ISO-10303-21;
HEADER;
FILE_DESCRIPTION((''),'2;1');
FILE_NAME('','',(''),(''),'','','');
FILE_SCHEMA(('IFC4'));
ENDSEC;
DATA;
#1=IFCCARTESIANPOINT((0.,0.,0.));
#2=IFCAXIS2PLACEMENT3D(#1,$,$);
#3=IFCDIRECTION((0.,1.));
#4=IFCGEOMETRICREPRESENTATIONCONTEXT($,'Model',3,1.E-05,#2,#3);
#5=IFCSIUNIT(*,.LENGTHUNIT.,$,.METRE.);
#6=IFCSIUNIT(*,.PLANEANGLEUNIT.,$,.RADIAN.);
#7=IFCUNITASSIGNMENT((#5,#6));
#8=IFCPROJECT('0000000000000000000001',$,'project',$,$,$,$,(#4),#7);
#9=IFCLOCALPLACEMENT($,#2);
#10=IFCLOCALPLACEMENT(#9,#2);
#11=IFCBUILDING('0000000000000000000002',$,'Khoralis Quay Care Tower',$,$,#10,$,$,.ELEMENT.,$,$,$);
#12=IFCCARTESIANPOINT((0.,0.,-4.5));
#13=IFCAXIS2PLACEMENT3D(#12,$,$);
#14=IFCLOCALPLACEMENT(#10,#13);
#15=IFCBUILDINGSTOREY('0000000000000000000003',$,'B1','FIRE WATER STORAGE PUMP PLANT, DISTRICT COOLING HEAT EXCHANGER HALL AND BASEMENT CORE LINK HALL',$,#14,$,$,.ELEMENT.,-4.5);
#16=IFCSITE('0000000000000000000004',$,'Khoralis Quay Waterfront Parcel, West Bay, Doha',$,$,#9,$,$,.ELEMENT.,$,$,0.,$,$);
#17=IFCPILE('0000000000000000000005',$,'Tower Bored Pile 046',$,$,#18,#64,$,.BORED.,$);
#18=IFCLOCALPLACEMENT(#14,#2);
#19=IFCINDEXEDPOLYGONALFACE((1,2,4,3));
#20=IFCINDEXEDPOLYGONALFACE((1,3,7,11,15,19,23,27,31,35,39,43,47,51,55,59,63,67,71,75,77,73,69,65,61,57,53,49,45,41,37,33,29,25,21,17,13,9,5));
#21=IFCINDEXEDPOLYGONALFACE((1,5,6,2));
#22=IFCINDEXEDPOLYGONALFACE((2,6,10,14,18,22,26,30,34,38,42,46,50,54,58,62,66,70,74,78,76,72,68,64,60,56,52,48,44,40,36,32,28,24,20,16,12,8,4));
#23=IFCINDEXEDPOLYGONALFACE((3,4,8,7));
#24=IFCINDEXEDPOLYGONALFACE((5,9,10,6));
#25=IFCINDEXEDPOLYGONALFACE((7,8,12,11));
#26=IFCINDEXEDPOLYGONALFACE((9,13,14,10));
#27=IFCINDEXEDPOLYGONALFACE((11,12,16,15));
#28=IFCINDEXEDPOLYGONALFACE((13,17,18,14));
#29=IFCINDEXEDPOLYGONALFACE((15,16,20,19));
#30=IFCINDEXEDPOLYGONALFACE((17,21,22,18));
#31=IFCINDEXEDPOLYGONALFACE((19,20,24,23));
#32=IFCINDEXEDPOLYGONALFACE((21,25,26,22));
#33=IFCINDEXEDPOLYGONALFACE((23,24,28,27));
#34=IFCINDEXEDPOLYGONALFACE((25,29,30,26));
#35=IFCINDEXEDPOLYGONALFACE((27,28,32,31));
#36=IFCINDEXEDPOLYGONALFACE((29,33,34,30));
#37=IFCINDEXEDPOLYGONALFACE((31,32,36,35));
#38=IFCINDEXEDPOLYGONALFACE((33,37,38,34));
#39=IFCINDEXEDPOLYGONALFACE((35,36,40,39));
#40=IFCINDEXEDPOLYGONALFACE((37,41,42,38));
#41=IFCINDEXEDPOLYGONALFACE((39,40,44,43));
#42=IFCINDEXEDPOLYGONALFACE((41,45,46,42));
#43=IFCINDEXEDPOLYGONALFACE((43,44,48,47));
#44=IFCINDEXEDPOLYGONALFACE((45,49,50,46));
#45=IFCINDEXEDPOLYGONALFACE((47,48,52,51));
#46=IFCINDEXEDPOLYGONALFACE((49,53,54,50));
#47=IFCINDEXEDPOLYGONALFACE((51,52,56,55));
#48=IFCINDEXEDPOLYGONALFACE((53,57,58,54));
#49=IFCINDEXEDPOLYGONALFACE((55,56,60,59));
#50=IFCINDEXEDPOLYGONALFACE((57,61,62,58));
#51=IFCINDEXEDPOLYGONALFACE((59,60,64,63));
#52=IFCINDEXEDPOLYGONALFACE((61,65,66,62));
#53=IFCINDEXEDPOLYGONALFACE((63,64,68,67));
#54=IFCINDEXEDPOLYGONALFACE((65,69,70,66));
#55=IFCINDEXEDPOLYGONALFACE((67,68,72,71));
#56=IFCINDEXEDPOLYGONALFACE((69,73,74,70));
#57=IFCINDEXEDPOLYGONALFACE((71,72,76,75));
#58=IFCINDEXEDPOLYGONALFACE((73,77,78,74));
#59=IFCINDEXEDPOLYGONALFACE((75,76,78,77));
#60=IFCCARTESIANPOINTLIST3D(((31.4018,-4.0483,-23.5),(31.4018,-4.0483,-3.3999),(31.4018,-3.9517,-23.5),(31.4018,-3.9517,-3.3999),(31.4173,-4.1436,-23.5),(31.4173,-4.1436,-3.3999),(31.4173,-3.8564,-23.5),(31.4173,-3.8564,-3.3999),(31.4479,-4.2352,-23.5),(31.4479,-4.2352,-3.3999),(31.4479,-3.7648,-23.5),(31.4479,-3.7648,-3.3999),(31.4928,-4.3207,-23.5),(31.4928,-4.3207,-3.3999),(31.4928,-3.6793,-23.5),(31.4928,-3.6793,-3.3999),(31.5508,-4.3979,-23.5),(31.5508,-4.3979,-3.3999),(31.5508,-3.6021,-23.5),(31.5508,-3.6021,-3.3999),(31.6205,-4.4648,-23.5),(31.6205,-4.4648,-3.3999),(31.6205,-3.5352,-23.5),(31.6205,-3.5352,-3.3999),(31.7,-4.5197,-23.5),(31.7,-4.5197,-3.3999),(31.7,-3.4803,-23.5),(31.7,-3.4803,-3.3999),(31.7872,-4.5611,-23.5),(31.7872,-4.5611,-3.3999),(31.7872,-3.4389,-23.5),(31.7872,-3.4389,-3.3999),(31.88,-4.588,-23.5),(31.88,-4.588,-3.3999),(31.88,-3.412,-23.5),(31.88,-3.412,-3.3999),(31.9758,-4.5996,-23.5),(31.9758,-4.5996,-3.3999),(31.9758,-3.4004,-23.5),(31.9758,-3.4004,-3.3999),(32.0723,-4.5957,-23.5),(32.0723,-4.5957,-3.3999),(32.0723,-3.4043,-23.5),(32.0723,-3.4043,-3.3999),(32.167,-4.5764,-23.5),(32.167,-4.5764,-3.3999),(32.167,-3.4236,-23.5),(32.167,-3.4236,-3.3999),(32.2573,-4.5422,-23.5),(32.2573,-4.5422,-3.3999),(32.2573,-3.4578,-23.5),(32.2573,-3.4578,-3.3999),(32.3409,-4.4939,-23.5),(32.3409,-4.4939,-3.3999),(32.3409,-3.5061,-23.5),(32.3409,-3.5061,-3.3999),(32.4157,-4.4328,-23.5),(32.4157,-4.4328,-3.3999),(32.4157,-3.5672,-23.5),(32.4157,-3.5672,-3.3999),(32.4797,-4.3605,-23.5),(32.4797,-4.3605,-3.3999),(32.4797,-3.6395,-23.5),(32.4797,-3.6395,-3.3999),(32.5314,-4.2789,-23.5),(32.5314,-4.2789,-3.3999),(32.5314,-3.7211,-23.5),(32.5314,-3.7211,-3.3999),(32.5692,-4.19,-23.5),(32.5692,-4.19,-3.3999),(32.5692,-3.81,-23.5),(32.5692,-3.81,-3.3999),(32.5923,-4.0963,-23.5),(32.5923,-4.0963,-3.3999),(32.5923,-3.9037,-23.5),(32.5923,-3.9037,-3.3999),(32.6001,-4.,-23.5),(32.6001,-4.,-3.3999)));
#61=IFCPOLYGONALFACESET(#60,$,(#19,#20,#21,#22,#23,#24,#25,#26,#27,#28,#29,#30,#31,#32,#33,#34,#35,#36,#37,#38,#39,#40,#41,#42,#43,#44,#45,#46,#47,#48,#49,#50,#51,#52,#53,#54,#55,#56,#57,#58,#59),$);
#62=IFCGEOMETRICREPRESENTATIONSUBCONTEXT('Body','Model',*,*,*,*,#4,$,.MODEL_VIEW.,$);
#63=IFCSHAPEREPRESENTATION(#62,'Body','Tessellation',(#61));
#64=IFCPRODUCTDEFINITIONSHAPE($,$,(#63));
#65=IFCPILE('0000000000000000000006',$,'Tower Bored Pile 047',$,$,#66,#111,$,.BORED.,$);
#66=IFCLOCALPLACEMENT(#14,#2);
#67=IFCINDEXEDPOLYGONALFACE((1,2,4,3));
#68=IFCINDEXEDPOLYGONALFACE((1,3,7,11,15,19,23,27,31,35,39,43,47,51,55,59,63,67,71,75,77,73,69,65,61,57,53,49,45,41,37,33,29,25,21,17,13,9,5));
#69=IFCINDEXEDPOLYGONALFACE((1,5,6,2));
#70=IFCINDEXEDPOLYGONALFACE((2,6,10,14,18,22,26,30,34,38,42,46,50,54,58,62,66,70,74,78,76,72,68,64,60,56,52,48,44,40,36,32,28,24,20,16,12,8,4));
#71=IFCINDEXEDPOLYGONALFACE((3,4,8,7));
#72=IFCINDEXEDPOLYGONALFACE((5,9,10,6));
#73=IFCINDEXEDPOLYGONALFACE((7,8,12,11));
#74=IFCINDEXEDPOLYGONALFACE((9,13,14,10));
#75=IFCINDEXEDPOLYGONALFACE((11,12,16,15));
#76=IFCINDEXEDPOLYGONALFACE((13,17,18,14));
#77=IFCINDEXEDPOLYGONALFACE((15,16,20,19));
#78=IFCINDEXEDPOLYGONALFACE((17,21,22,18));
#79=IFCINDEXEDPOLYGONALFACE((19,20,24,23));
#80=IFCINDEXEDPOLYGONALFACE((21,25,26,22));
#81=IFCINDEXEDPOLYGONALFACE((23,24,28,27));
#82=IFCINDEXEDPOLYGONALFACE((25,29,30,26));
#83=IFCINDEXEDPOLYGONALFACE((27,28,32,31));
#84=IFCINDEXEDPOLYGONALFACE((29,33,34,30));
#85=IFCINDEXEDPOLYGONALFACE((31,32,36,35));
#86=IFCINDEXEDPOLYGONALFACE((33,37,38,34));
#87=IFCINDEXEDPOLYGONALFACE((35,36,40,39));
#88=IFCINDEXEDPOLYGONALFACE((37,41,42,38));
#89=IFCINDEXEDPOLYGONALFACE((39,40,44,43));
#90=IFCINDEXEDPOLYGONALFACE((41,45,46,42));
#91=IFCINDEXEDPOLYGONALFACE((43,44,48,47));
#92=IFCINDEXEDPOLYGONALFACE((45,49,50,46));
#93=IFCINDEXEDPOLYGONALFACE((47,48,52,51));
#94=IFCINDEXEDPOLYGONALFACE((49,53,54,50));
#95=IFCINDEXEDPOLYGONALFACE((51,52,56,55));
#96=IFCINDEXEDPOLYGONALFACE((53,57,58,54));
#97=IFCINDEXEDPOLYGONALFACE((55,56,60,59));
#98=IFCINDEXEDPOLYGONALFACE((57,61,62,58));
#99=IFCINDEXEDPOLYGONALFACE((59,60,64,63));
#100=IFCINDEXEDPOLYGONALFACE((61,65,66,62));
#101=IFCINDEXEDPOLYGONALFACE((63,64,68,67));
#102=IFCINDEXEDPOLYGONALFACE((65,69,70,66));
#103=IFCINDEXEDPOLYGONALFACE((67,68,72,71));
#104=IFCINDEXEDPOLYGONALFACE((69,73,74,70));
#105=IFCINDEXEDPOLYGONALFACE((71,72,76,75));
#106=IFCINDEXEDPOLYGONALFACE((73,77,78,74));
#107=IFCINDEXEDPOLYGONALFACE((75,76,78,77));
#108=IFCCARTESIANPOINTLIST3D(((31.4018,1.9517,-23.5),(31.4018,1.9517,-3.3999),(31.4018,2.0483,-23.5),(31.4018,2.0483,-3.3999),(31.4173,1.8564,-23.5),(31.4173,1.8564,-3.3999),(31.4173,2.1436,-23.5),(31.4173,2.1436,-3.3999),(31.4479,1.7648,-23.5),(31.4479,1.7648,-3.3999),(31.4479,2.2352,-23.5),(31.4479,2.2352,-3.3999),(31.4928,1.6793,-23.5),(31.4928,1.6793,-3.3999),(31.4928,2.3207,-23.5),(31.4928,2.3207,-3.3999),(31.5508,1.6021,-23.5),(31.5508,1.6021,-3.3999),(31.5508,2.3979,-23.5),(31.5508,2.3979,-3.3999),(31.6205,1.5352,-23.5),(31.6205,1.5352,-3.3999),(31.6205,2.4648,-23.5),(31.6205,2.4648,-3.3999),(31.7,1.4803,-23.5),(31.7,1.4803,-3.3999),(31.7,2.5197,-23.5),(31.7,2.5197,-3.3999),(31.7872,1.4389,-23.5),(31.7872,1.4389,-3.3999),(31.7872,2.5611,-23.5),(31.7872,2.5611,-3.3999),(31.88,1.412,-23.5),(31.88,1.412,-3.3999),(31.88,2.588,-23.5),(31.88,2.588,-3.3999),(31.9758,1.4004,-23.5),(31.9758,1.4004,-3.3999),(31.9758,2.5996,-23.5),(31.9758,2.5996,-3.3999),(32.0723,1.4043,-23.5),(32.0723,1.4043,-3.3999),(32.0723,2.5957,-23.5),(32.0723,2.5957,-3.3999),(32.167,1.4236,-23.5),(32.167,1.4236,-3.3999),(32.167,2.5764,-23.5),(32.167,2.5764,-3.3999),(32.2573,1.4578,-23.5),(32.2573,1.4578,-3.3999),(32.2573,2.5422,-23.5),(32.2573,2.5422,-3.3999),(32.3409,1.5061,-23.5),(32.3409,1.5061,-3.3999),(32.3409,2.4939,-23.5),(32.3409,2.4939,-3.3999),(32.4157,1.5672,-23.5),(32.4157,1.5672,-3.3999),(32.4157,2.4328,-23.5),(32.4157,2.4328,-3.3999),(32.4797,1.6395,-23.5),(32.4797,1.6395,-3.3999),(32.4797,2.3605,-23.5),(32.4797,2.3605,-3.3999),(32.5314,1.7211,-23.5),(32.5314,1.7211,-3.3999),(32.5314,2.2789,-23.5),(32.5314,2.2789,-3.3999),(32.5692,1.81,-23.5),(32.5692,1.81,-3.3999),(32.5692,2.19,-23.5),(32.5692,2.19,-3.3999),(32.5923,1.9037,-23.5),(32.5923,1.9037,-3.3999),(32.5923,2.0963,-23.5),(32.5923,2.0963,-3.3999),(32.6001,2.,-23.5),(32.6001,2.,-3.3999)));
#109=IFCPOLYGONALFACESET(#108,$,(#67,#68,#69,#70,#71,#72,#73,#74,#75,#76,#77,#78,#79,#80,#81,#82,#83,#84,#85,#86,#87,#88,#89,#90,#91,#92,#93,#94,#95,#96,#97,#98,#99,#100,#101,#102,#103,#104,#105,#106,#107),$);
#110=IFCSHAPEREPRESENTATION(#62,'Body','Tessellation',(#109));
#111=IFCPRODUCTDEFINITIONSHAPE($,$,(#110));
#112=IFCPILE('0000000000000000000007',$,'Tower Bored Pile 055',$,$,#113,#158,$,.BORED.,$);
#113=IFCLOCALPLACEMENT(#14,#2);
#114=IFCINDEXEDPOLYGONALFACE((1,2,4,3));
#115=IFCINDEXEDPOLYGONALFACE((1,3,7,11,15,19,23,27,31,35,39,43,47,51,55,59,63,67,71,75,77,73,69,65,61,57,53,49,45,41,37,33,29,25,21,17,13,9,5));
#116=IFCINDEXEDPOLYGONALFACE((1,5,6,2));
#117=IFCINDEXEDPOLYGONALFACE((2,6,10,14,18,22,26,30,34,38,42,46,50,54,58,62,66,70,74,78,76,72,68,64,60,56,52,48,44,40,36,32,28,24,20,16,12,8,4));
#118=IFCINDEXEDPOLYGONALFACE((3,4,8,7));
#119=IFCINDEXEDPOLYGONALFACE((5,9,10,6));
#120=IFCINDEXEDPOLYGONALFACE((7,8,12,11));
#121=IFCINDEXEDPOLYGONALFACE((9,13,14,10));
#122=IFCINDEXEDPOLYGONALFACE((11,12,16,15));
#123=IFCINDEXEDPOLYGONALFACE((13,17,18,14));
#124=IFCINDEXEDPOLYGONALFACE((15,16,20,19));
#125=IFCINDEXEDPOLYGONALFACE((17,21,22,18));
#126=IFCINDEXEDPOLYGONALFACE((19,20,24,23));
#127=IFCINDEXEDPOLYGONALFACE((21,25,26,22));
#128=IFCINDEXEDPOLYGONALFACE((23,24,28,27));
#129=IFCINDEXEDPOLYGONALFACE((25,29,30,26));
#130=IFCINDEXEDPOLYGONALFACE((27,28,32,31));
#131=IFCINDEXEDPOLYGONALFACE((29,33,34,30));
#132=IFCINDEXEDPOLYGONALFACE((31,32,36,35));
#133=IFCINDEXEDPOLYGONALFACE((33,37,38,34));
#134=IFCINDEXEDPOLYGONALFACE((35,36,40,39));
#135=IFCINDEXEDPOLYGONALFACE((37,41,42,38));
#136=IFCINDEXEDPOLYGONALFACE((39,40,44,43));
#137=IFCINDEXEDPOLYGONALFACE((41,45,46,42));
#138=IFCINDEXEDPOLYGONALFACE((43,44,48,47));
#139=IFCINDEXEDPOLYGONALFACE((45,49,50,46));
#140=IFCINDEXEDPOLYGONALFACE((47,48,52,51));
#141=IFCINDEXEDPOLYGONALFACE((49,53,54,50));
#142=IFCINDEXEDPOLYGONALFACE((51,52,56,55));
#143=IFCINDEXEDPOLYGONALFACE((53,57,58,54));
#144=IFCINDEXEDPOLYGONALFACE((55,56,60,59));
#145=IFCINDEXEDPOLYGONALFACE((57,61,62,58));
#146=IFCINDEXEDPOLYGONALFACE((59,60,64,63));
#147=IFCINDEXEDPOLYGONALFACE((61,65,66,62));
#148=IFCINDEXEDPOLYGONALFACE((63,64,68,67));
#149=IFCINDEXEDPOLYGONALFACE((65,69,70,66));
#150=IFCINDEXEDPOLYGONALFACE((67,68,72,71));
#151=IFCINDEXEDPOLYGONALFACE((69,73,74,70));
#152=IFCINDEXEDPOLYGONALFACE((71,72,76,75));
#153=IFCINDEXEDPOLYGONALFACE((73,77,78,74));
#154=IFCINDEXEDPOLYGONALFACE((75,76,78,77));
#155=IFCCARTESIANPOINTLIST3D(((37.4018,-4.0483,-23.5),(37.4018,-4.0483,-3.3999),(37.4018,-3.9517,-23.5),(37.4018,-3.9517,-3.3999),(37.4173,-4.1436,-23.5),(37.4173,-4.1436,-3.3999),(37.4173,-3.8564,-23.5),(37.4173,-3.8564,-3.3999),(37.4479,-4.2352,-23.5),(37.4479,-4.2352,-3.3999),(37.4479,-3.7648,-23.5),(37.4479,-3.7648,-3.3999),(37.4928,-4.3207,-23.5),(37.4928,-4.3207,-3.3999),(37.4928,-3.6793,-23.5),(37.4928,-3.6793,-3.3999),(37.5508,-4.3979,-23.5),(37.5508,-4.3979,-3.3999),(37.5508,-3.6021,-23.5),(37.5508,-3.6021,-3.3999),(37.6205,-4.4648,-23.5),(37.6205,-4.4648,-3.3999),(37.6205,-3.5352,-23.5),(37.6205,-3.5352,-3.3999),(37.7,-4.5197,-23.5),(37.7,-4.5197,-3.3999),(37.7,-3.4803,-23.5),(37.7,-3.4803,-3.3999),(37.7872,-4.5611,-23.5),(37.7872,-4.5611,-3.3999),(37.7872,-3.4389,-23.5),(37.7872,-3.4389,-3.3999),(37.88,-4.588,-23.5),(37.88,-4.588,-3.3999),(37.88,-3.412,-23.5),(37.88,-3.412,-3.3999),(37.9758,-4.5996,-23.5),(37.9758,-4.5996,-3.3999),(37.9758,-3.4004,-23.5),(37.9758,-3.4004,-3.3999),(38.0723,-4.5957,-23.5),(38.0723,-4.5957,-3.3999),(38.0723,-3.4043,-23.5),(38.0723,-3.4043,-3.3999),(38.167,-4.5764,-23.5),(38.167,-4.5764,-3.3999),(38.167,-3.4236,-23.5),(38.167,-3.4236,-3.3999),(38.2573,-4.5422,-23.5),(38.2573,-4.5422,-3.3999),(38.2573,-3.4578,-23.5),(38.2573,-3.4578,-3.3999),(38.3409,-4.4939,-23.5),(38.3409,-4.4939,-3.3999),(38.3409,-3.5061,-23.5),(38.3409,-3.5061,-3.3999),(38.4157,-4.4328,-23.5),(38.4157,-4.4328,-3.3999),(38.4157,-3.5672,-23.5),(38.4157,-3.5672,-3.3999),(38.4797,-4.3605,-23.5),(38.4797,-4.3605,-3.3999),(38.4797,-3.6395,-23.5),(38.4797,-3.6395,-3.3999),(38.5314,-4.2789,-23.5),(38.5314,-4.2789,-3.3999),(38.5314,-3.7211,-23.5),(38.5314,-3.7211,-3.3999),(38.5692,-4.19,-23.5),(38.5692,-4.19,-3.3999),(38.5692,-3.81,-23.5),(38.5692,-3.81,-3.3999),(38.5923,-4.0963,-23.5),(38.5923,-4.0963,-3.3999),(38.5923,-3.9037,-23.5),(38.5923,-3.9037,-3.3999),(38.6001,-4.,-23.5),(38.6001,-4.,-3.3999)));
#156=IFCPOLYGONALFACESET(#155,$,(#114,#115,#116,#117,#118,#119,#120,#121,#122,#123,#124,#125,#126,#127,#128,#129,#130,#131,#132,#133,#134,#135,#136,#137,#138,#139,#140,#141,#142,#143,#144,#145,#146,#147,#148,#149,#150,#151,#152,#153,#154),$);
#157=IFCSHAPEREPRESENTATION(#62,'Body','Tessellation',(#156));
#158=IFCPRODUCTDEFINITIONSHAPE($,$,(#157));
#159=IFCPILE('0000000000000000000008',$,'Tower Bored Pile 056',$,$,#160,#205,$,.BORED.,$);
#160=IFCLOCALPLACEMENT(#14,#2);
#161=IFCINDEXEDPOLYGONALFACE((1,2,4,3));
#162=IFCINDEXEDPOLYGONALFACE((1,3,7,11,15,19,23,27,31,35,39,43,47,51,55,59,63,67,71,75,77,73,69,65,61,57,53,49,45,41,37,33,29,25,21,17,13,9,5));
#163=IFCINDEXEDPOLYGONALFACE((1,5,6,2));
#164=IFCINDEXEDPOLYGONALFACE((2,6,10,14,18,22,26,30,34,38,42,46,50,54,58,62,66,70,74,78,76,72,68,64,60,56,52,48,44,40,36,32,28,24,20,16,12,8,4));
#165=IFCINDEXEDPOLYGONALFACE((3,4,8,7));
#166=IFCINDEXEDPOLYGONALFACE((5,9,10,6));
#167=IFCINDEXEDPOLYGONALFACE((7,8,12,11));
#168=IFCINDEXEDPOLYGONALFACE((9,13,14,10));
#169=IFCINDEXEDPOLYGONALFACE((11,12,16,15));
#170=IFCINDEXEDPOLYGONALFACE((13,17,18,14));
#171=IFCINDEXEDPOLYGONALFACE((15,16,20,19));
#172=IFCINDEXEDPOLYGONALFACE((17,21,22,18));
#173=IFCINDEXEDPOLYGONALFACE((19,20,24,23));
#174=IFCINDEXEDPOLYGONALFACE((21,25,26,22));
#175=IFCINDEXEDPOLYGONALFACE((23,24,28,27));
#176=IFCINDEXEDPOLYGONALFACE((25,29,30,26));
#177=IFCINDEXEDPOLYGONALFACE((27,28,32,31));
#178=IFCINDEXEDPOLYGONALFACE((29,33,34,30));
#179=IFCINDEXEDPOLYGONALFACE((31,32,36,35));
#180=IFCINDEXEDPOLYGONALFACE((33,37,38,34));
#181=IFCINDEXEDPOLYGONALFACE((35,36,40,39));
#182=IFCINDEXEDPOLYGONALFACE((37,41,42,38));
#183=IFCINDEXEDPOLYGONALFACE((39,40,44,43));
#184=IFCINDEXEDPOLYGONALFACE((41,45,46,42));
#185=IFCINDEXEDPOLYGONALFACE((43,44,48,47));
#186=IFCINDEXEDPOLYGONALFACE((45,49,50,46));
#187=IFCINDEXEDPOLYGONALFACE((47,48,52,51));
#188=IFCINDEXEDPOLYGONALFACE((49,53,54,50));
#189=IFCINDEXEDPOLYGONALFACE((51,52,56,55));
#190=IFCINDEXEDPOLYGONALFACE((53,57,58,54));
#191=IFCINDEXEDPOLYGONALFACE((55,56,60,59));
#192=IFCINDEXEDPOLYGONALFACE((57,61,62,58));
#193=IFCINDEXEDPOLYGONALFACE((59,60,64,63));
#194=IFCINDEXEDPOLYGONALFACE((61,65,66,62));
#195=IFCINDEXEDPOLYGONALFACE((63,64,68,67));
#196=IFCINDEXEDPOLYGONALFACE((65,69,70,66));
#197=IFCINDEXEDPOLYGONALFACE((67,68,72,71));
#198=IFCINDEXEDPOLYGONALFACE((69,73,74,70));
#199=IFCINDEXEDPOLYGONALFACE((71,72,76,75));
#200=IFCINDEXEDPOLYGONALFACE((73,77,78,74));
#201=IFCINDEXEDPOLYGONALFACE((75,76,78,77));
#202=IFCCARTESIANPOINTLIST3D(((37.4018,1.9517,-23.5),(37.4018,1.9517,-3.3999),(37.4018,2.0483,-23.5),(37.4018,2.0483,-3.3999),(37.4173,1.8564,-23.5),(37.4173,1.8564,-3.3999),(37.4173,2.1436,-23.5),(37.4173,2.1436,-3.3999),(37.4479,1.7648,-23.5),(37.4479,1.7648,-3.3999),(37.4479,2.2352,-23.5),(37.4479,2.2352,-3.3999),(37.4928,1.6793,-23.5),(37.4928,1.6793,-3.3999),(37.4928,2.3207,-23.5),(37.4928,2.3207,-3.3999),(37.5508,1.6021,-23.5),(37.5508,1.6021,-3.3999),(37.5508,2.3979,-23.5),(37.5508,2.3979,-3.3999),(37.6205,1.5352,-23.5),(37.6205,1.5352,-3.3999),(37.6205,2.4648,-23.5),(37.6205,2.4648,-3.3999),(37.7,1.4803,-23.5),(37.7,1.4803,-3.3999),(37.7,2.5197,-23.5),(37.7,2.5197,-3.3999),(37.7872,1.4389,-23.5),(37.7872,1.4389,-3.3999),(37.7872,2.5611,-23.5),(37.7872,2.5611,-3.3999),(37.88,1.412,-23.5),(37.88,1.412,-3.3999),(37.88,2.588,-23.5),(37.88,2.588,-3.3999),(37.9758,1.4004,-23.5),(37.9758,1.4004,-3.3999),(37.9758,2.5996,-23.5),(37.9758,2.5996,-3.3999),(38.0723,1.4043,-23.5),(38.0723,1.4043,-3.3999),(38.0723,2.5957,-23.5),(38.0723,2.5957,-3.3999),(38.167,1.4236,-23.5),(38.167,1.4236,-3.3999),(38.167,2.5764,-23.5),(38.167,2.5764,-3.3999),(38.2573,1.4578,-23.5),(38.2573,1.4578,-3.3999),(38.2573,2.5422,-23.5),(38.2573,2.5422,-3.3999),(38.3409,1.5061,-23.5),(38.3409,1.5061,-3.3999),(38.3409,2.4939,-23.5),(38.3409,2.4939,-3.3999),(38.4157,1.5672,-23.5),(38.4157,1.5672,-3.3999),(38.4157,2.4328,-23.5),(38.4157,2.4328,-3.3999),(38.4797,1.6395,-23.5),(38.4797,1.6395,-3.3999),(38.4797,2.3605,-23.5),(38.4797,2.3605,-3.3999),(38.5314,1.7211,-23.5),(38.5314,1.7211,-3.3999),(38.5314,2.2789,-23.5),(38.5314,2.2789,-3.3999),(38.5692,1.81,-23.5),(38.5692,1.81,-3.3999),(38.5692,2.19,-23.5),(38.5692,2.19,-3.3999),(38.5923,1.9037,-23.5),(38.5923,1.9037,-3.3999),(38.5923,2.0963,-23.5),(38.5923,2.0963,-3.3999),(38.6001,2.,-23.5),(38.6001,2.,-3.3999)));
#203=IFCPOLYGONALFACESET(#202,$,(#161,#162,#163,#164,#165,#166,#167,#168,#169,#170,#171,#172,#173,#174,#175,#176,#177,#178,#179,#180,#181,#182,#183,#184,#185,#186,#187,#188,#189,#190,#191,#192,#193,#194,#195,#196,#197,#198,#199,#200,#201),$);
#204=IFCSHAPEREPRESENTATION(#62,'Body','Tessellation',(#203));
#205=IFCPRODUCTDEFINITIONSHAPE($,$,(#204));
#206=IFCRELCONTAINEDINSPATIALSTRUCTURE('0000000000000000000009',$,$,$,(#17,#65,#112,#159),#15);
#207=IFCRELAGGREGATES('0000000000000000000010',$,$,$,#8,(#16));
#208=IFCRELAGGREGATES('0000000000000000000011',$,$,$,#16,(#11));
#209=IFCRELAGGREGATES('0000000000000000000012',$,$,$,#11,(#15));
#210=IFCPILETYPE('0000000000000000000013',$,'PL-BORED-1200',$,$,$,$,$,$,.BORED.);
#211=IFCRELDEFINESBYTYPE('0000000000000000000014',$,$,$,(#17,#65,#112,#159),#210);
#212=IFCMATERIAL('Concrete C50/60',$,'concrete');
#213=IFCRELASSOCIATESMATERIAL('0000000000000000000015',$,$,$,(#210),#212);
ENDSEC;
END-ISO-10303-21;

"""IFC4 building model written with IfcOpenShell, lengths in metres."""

from ifc_helpers import new_model, si_unit, direction, frame, origin, origin_2d, place, context, subcontext, project, spatial, circle, extrude, source, transform, mapped, material, material_profile, profile_set, type_object, element, save


model = new_model("IFC4")

# Units and contexts
model_context = context("Model", 3, precision=1e-05, world=origin(), true_north=direction((0.0, 1.0)))
body_context = subcontext(model_context, "Body", "Model", "MODEL_VIEW")
ifc_project = project(units=[si_unit("LENGTHUNIT", "METRE"), si_unit("PLANEANGLEUNIT", "RADIAN")], contexts=[model_context])

# Site, building, storey
site_placement = place(None, origin())
site = spatial("IfcSite", under=ifc_project, at=site_placement, Name="Khoralis Quay Waterfront Parcel, West Bay, Doha", CompositionType="ELEMENT", RefElevation=0.0)
building_placement = place(site_placement, origin())
building = spatial("IfcBuilding", under=site, at=building_placement, Name="Khoralis Quay Care Tower", CompositionType="ELEMENT")
storey_placement = place(building_placement, frame((0.0, 0.0, -4.5)))
storey = spatial("IfcBuildingStorey", under=building, at=storey_placement, Name="B1", Description="FIRE WATER STORAGE PUMP PLANT, DISTRICT COOLING HEAT EXCHANGER HALL AND BASEMENT CORE LINK HALL", CompositionType="ELEMENT", Elevation=-4.5)

# Piles
ifc_material_1 = material(Name="Concrete C50/60", Category="concrete")
ifc_material_profile_1 = material_profile(ifc_material_1, circle(Radius=0.6001, at=origin_2d()), Name="Concrete C50/60")
ifc_profile_set_1 = profile_set([ifc_material_profile_1], Name="Concrete C50/60")
pile_type = type_object("IfcPileType", Name="PL-BORED-1200", PredefinedType="BORED", material=ifc_profile_set_1)
shared_shape_1 = source(origin(), body_context, "Body", "SweptSolid", [
    extrude(circle(Radius=0.6001, at=origin_2d()), origin(), (0.0, 0.0, 1.0), 20.1001),
])
for number, where, z_axis, x_axis, name in (
    (1, (32.0, -4.0, -3.3999), (0.0, 0.0, -1.0), (1.0, 0.0, 0.0), "Tower Bored Pile 046"),
    (2, (32.0, 2.0, -3.3999), (0.0, 0.0, -1.0), (1.0, 0.0, 0.0), "Tower Bored Pile 047"),
    (3, (38.0, -4.0, -3.3999), (0.0, 0.0, -1.0), (1.0, 0.0, 0.0), "Tower Bored Pile 055"),
    (4, (38.0, 2.0, -3.3999), (0.0, 0.0, -1.0), (1.0, 0.0, 0.0), "Tower Bored Pile 056"),
):
    element("IfcPile", number, at=place(storey_placement, frame(where, z_axis=z_axis, x_axis=x_axis)), inside=storey, type_object=pile_type, Name=name, PredefinedType="BORED", context=body_context, shape_type="MappedRepresentation", body=[
        mapped(shared_shape_1, transform((0.0, 0.0, 0.0), scale=1.0)),
    ])

save(model, "model.ifc")
